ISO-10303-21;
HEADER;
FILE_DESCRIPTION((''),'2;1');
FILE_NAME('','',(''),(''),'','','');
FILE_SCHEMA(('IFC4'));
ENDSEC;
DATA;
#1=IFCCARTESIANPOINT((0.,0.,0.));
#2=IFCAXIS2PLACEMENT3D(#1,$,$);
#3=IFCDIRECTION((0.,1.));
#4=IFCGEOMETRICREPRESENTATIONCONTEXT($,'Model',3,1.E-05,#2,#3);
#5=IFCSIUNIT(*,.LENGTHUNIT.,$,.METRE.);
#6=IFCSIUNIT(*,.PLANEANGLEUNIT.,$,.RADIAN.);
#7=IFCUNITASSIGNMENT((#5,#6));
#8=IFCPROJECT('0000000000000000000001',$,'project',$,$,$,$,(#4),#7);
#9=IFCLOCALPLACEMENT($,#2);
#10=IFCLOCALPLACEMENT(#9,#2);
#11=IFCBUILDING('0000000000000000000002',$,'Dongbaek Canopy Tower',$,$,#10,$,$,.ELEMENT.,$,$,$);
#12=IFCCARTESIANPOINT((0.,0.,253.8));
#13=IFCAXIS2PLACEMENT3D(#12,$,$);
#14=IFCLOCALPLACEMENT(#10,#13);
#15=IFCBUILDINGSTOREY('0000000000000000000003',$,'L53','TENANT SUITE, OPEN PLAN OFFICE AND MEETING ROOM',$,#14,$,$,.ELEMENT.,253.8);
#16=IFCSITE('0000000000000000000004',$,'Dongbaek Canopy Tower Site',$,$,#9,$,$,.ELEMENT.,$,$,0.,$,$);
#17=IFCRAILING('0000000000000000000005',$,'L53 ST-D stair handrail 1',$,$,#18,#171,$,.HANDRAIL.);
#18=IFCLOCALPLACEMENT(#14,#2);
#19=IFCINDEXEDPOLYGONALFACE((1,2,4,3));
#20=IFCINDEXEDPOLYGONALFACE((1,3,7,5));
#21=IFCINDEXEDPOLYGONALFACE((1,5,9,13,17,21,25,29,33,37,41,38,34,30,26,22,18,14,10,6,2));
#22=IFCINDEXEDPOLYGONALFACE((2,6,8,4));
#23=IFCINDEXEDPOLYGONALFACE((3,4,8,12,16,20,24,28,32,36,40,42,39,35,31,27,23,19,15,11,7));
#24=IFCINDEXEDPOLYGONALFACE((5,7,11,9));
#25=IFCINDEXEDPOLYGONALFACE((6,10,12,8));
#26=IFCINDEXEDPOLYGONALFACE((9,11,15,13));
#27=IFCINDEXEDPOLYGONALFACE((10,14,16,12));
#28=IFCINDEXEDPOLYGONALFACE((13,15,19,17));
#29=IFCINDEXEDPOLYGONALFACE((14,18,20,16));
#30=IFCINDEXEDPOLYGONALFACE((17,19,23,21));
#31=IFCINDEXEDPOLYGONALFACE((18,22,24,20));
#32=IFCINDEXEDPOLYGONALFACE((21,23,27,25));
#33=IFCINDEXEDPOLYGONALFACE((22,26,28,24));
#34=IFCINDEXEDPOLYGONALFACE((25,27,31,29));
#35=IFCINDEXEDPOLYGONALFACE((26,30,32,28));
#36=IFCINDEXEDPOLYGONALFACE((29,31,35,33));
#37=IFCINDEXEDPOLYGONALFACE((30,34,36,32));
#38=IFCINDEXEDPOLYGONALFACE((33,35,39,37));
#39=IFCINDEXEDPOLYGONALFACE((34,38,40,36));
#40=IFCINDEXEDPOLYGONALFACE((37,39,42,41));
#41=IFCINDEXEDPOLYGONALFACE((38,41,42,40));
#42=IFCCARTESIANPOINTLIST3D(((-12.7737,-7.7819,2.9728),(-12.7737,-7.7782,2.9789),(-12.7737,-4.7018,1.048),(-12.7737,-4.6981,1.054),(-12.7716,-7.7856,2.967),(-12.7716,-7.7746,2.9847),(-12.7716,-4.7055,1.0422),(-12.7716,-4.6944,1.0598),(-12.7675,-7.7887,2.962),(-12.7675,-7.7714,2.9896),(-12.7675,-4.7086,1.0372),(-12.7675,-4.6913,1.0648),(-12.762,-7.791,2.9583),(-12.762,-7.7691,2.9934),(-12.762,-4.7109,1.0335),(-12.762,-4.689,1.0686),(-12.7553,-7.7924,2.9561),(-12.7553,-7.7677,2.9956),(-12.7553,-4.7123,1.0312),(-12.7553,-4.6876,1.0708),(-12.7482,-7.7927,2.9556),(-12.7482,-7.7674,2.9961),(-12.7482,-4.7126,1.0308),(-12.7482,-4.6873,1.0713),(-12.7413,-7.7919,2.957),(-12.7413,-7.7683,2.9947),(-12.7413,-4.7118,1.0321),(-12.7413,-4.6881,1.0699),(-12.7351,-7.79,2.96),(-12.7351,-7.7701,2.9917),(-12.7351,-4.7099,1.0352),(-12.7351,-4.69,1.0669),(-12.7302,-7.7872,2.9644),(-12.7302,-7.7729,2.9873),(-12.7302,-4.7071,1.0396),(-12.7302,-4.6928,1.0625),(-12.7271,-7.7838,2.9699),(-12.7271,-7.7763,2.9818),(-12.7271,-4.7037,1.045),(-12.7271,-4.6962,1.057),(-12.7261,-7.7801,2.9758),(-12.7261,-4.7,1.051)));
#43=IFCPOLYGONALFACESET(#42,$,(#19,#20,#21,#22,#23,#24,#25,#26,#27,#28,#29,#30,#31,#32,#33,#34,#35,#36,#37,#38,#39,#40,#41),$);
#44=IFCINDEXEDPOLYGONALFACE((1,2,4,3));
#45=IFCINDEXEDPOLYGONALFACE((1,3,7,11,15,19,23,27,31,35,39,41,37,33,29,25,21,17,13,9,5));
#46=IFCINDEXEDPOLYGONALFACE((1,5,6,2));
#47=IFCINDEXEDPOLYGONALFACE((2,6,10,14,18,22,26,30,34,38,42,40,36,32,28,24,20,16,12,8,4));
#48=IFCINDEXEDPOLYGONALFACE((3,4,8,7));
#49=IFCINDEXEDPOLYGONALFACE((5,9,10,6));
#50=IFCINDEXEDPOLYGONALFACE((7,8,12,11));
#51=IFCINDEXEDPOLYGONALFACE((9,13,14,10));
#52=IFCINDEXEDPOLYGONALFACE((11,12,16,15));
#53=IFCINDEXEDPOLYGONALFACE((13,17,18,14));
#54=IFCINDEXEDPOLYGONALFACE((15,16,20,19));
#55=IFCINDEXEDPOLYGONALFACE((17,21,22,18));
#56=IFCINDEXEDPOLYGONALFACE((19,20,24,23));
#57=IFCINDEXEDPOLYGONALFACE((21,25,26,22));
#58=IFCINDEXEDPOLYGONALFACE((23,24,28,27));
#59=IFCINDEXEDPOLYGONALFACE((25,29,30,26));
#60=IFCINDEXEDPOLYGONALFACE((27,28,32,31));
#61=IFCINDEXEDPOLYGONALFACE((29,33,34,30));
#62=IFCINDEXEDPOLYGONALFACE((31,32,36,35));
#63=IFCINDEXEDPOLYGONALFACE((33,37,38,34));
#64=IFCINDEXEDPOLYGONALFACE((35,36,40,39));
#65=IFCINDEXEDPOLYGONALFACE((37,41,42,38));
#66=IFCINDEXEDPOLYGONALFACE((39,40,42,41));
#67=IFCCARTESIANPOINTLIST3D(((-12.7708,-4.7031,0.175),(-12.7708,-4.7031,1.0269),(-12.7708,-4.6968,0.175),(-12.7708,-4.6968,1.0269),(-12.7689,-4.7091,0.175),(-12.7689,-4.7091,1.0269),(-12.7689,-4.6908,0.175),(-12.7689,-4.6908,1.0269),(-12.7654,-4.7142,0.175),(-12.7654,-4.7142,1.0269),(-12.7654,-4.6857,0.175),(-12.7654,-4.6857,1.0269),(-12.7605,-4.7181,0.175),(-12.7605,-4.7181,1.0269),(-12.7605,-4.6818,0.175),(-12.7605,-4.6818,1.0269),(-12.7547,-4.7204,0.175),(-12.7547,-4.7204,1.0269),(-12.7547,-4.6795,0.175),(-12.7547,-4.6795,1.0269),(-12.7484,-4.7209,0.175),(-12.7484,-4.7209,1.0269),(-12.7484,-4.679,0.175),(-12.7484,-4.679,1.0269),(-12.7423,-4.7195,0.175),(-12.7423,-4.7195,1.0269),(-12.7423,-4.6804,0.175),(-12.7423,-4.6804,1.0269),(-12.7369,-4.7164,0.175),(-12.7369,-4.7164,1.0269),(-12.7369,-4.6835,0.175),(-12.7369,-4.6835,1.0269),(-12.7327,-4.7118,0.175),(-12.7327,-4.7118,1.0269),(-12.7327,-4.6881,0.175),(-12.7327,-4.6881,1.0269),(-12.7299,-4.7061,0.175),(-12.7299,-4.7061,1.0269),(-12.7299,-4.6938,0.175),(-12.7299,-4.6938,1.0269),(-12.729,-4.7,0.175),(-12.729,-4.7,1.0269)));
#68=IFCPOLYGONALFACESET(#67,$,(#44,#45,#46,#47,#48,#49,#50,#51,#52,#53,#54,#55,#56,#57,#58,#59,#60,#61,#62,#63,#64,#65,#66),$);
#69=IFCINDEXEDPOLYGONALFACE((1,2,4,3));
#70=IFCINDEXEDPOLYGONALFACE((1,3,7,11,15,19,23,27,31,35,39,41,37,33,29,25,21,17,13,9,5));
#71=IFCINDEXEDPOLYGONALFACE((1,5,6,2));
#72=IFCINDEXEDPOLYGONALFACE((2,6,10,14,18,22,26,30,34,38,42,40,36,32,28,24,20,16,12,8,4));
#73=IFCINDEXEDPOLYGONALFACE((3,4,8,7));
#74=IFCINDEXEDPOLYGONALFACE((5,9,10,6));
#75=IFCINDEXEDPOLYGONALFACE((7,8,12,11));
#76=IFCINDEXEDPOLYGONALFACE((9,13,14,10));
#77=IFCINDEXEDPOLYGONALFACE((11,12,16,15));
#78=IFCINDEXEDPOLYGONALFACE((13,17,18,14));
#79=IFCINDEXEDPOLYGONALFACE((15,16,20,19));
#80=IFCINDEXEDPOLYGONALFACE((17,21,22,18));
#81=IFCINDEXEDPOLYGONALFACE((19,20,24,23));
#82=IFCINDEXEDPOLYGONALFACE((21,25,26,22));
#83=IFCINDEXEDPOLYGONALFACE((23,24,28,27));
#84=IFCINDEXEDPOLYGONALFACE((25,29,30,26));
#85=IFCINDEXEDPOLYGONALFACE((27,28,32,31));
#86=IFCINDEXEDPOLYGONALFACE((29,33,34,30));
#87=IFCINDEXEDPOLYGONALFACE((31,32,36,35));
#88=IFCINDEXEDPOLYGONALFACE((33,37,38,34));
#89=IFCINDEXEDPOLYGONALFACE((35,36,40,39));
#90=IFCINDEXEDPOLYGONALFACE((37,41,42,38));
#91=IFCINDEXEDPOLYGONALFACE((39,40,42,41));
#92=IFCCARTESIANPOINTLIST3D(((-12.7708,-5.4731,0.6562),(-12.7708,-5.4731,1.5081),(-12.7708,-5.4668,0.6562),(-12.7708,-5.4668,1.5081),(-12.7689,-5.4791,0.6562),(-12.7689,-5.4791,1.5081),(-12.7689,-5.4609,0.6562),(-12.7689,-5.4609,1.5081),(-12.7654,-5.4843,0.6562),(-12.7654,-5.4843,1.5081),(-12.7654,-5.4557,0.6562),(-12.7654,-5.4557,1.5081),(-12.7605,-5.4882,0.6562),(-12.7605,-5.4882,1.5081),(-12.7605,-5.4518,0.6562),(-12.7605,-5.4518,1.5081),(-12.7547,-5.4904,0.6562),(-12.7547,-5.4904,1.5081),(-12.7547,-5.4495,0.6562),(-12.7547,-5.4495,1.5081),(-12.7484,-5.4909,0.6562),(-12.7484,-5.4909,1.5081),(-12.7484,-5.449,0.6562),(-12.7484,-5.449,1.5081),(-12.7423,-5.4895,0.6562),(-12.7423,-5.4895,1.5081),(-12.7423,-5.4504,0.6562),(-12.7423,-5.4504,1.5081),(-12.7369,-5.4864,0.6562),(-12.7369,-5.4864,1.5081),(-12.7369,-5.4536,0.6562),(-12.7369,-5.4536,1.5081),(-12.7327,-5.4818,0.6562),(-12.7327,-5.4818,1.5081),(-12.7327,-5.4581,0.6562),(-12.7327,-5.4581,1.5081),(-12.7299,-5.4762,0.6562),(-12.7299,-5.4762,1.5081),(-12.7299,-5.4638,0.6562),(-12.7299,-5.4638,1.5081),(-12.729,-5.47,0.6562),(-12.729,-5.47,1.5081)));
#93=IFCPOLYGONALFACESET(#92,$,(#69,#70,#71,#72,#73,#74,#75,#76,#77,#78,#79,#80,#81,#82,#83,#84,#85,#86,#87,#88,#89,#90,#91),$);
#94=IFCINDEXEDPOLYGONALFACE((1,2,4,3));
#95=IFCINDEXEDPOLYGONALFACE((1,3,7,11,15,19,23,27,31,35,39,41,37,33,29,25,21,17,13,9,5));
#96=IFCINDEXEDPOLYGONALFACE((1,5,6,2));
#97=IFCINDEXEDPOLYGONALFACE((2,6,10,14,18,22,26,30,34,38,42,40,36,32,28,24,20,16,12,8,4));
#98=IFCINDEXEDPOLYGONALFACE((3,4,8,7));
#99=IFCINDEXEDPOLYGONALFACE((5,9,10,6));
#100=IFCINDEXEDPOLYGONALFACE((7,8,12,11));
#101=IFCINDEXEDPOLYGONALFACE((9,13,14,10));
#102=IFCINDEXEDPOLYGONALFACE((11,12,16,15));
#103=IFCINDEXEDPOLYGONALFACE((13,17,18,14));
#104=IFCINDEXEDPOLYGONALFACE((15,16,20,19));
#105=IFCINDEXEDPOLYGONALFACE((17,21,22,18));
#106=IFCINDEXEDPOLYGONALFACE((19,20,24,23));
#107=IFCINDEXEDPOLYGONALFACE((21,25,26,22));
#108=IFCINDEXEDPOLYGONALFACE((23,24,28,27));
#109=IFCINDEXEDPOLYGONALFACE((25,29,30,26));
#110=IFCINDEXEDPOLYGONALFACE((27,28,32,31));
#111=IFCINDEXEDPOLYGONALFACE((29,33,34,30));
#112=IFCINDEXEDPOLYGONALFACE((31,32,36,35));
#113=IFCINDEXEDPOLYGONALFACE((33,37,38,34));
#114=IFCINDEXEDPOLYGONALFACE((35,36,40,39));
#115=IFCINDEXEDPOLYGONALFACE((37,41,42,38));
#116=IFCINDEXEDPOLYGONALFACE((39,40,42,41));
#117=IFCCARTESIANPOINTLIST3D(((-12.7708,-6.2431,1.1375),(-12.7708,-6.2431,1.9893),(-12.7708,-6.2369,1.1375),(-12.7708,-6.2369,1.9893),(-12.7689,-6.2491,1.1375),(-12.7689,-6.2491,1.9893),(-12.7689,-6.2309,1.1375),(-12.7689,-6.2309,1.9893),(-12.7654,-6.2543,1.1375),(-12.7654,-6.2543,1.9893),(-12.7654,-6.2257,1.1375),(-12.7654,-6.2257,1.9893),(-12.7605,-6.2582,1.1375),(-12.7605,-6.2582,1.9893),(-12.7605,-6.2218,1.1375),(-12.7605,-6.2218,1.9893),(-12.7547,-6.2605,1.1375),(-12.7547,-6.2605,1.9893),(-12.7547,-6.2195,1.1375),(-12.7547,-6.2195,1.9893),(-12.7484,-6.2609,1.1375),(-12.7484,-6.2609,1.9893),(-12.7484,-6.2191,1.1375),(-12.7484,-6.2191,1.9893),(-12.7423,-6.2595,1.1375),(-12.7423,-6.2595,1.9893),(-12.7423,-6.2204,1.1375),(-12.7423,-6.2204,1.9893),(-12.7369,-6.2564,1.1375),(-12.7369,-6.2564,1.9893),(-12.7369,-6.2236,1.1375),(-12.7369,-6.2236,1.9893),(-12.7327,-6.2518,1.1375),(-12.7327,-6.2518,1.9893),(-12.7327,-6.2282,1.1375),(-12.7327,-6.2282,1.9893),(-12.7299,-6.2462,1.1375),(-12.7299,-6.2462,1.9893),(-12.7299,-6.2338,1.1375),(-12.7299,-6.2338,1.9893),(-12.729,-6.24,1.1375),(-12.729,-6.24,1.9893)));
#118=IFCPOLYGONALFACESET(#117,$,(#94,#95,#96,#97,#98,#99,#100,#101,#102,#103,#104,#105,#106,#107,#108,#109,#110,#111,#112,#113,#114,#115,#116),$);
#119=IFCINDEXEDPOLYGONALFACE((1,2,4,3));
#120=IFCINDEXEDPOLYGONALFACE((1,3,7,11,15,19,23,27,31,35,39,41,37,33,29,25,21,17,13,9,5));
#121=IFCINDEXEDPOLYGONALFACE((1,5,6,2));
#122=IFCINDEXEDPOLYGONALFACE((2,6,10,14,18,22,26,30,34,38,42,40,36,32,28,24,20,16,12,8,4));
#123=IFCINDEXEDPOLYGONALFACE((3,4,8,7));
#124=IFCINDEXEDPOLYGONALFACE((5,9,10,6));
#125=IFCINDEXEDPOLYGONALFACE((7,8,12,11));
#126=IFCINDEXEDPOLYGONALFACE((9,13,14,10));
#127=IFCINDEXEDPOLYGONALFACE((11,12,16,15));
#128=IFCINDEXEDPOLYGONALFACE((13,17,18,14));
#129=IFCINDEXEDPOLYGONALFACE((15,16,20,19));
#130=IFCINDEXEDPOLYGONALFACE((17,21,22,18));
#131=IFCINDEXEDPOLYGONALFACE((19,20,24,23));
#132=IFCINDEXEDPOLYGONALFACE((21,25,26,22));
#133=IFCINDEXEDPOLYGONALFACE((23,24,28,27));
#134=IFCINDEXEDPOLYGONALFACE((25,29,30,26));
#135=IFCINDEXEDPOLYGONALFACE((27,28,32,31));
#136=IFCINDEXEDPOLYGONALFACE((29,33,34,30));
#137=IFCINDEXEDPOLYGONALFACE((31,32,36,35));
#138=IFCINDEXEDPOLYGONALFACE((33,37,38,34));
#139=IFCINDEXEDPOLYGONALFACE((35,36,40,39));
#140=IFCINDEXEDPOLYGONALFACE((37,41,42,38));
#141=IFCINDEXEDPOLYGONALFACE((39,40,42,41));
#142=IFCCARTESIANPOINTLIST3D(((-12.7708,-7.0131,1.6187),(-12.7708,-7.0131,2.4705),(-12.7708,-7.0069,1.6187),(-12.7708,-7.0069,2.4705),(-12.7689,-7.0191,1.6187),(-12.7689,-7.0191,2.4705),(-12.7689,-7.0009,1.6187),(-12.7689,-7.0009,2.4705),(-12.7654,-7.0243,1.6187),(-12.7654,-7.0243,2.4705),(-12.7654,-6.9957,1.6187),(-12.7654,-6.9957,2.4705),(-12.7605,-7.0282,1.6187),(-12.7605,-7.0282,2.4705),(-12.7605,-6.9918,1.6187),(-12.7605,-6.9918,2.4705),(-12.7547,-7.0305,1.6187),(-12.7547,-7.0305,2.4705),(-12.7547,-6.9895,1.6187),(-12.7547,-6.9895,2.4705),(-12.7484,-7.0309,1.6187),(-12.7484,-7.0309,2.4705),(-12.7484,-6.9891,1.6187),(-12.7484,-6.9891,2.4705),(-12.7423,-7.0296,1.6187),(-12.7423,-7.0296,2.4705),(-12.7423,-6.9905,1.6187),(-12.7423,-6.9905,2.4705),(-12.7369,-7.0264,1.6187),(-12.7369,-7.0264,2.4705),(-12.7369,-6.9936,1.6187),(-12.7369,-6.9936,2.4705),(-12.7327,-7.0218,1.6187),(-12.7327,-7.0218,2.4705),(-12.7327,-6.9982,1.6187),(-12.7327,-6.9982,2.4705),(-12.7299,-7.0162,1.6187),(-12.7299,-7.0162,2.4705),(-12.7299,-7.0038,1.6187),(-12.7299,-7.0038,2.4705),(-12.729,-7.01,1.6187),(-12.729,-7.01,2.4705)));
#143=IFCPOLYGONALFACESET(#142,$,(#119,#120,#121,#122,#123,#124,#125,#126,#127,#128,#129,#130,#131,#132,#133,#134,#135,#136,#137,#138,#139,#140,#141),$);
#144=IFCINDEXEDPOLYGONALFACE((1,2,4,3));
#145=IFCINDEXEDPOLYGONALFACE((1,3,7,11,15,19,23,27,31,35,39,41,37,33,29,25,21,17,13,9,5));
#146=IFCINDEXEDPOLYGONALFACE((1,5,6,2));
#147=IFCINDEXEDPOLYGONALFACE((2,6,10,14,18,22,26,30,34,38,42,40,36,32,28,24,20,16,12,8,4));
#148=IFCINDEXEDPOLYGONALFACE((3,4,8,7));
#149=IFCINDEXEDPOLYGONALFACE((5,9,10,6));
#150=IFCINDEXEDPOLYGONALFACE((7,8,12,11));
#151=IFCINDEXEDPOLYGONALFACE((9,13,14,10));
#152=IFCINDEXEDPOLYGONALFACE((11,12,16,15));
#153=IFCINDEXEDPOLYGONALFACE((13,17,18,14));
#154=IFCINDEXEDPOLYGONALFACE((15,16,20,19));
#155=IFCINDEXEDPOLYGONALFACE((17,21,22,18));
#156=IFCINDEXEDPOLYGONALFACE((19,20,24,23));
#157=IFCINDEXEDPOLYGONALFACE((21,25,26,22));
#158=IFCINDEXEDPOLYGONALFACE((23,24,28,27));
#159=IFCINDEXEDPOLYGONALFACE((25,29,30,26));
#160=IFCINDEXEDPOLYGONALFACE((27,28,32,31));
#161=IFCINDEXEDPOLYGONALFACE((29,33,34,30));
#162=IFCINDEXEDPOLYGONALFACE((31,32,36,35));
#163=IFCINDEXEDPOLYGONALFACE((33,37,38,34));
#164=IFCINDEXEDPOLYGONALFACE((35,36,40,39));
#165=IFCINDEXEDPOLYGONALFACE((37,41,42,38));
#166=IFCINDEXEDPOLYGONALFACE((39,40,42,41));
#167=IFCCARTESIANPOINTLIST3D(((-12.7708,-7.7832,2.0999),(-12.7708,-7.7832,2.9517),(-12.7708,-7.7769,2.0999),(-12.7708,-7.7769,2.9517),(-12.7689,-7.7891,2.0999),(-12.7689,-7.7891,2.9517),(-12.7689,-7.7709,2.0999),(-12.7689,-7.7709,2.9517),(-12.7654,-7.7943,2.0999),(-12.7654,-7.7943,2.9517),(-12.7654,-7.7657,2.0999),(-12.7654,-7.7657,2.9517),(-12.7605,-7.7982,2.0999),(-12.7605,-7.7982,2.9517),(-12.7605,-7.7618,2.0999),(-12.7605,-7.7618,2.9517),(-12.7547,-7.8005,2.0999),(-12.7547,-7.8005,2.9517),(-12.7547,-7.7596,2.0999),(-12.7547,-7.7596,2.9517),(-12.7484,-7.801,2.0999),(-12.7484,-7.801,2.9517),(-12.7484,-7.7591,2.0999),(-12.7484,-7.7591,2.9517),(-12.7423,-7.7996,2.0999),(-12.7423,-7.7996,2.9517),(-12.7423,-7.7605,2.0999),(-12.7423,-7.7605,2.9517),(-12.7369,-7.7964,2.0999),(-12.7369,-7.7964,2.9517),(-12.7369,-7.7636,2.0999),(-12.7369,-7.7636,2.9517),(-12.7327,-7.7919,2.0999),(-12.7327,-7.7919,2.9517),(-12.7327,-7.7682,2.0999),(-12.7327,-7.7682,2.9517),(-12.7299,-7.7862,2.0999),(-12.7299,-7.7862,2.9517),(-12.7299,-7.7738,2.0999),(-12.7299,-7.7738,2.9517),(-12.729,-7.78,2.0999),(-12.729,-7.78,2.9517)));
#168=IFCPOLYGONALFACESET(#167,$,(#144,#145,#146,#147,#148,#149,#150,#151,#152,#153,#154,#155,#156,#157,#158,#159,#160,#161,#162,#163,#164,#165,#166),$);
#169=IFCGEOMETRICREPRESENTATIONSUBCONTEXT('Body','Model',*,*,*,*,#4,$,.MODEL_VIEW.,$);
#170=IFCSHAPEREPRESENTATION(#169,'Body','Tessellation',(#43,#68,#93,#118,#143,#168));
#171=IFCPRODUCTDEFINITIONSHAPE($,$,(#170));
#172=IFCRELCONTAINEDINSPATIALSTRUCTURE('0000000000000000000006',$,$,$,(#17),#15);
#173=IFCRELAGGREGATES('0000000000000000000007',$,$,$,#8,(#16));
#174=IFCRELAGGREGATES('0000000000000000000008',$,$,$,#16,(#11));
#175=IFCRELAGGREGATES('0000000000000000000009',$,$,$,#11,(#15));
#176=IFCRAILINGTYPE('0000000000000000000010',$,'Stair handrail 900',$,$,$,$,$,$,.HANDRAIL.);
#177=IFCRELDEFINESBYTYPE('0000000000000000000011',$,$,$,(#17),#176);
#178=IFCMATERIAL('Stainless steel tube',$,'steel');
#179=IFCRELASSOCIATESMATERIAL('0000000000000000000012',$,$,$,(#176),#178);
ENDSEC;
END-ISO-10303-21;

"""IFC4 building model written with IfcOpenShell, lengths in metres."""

from ifc_helpers import new_model, si_unit, direction, frame, origin, origin_2d, place, context, subcontext, project, spatial, circle, extrude, material, type_object, element, save


model = new_model("IFC4")

# Units and contexts
model_context = context("Model", 3, precision=1e-05, world=origin(), true_north=direction((0.0, 1.0)))
body_context = subcontext(model_context, "Body", "Model", "MODEL_VIEW")
ifc_project = project(units=[si_unit("LENGTHUNIT", "METRE"), si_unit("PLANEANGLEUNIT", "RADIAN")], contexts=[model_context])

# Site, building, storey
site_placement = place(None, origin())
site = spatial("IfcSite", under=ifc_project, at=site_placement, Name="Dongbaek Canopy Tower Site", CompositionType="ELEMENT", RefElevation=0.0)
building_placement = place(site_placement, origin())
building = spatial("IfcBuilding", under=site, at=building_placement, Name="Dongbaek Canopy Tower", CompositionType="ELEMENT")
storey_placement = place(building_placement, frame((0.0, 0.0, 253.8)))
storey = spatial("IfcBuildingStorey", under=building, at=storey_placement, Name="L53", Description="TENANT SUITE, OPEN PLAN OFFICE AND MEETING ROOM", CompositionType="ELEMENT", Elevation=253.8)

# Railing
ifc_material_1 = material(Name="Stainless steel tube", Category="steel")
railing_type_1 = type_object("IfcRailingType", Name="Stair handrail 900", PredefinedType="HANDRAIL", material=ifc_material_1)
railing_1_placement = place(storey_placement, frame((-12.75, -4.7, 0.175)))
element("IfcRailing", 1, at=railing_1_placement, inside=storey, type_object=railing_type_1, Name="L53 ST-D stair handrail 1", PredefinedType="HANDRAIL", context=body_context, shape_type="SweptSolid", body=[
    extrude(circle(Radius=0.0239, at=origin_2d()), frame((0.0, 0.0, 0.876), z_axis=(0.0, -0.848029, 0.529951), x_axis=(1.0, 0.0, 0.0)), (0.0, 0.0, 1.0), 3.6321),
    extrude(circle(Radius=0.021, at=origin_2d()), origin(), (0.0, 0.0, 1.0), 0.8518),
    extrude(circle(Radius=0.021, at=origin_2d()), frame((0.0, -0.77, 0.4812)), (0.0, 0.0, 1.0), 0.8518),
    extrude(circle(Radius=0.021, at=origin_2d()), frame((0.0, -1.54, 0.9624)), (0.0, 0.0, 1.0), 0.8518),
    extrude(circle(Radius=0.021, at=origin_2d()), frame((0.0, -2.3101, 1.4436)), (0.0, 0.0, 1.0), 0.8518),
    extrude(circle(Radius=0.021, at=origin_2d()), frame((0.0, -3.0801, 1.9248)), (0.0, 0.0, 1.0), 0.8518),
])

save(model, "model.ifc")
